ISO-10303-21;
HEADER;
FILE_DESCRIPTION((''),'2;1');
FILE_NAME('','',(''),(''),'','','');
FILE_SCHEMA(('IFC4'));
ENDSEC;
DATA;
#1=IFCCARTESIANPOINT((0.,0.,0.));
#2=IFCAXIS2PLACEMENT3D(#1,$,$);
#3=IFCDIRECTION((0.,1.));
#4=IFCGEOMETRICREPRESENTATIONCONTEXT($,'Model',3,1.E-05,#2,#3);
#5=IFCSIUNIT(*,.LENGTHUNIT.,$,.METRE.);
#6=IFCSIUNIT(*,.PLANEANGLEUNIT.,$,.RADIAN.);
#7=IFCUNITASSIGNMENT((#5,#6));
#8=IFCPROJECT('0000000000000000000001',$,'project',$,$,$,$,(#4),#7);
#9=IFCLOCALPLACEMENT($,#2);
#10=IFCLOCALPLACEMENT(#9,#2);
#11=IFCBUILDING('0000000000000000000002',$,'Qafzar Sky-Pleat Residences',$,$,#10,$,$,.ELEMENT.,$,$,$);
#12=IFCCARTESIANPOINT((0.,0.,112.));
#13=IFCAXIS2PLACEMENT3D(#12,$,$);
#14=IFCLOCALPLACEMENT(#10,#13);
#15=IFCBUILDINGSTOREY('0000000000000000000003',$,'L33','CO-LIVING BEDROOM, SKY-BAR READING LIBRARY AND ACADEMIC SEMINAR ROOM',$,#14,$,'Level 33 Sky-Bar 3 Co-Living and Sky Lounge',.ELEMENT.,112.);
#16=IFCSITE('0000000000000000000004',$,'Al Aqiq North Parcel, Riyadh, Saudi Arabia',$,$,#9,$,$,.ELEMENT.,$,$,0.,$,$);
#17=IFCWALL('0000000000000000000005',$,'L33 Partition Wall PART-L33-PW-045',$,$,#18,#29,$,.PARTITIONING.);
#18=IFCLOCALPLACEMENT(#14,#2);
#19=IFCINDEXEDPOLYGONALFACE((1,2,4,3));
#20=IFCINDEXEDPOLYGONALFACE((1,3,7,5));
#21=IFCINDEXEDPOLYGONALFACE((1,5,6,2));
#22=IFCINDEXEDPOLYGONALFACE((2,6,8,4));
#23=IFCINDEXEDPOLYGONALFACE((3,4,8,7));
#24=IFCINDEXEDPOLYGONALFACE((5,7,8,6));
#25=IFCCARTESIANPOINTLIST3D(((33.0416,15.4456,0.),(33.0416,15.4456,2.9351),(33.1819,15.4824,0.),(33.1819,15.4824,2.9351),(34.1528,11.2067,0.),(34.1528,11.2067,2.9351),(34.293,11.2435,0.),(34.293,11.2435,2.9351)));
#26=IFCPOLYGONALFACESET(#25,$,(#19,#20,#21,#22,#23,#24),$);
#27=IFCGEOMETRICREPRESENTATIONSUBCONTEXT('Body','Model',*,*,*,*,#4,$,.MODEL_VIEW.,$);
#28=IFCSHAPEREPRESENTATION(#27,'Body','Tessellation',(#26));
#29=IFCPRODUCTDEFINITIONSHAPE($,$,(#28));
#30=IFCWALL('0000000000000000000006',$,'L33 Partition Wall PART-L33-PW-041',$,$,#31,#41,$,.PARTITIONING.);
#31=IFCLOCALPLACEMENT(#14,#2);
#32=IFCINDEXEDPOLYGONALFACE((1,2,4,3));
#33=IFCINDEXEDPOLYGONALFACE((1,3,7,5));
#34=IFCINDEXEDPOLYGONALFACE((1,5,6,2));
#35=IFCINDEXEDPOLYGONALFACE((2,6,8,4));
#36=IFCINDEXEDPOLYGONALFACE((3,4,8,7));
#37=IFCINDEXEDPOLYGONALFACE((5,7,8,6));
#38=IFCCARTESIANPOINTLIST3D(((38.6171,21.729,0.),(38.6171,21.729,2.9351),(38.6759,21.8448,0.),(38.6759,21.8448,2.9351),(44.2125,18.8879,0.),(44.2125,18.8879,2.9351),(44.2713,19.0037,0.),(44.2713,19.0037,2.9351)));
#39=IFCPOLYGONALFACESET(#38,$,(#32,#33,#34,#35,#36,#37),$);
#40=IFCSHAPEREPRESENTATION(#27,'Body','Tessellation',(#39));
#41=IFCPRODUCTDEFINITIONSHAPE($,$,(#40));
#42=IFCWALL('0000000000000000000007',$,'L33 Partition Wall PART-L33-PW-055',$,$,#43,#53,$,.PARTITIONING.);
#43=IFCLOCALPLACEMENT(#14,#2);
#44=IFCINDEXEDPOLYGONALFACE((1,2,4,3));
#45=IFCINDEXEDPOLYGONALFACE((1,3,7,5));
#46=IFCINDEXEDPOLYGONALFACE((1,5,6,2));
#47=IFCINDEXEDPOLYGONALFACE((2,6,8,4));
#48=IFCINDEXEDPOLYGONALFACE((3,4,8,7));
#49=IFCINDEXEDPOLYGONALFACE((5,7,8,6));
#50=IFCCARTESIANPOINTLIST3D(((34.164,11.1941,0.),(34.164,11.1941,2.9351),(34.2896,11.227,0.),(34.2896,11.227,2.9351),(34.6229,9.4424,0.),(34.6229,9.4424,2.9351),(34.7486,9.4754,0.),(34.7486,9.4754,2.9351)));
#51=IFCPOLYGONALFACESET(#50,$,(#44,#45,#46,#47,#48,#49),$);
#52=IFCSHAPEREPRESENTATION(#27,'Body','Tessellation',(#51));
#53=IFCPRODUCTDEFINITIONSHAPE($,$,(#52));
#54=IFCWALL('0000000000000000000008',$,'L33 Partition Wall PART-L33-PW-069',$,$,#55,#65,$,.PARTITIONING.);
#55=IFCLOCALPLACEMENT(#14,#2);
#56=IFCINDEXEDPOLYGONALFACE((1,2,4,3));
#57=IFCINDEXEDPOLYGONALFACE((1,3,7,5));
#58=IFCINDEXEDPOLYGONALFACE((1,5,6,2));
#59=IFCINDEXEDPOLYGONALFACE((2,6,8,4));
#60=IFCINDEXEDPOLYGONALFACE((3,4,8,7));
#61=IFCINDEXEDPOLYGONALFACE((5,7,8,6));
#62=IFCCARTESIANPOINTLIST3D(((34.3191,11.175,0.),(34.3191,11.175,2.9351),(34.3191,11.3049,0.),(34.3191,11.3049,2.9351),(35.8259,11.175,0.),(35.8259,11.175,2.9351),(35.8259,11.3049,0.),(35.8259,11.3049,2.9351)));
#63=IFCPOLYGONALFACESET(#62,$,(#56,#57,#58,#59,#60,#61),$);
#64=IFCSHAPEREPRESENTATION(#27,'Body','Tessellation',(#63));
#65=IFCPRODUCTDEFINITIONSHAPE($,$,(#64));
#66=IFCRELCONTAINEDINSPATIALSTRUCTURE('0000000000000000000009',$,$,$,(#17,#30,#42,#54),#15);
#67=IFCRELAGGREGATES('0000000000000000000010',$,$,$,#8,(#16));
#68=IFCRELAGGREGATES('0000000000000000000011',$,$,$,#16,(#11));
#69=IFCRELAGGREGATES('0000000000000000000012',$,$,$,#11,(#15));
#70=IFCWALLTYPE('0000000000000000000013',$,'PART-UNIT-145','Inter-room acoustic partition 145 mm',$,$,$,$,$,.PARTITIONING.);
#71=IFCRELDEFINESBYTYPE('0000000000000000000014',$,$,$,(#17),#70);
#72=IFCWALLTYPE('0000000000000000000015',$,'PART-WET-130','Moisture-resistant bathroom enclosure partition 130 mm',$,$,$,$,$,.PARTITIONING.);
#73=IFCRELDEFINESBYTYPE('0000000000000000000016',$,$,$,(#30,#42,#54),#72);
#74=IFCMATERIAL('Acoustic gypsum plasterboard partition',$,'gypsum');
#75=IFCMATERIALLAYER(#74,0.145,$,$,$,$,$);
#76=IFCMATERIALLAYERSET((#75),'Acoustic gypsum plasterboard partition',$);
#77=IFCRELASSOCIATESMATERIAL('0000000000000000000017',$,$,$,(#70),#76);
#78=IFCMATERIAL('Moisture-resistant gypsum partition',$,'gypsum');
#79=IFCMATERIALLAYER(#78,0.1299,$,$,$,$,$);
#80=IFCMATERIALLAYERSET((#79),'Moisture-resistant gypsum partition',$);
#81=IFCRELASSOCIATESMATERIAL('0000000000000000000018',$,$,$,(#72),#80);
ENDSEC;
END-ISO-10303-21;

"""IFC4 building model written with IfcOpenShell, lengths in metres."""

from ifc_helpers import new_model, si_unit, direction, frame, frame_2d, origin, place, context, subcontext, project, spatial, rectangle, extrude, material, layer, layer_set, type_object, element, save


model = new_model("IFC4")

# Units and contexts
model_context = context("Model", 3, precision=1e-05, world=origin(), true_north=direction((0.0, 1.0)))
body_context = subcontext(model_context, "Body", "Model", "MODEL_VIEW")
ifc_project = project(units=[si_unit("LENGTHUNIT", "METRE"), si_unit("PLANEANGLEUNIT", "RADIAN")], contexts=[model_context])

# Site, building, storey
site_placement = place(None, origin())
site = spatial("IfcSite", under=ifc_project, at=site_placement, Name="Al Aqiq North Parcel, Riyadh, Saudi Arabia", CompositionType="ELEMENT", RefElevation=0.0)
building_placement = place(site_placement, origin())
building = spatial("IfcBuilding", under=site, at=building_placement, Name="Qafzar Sky-Pleat Residences", CompositionType="ELEMENT")
storey_placement = place(building_placement, frame((0.0, 0.0, 112.0)))
storey = spatial("IfcBuildingStorey", under=building, at=storey_placement, Name="L33", Description="CO-LIVING BEDROOM, SKY-BAR READING LIBRARY AND ACADEMIC SEMINAR ROOM", LongName="Level 33 Sky-Bar 3 Co-Living and Sky Lounge", CompositionType="ELEMENT", Elevation=112.0)

# Shared definitions
ifc_material_1 = material(Name="Acoustic gypsum plasterboard partition", Category="gypsum")

# Walls
ifc_layer_1 = layer(ifc_material_1, 0.145)
ifc_layer_set_1 = layer_set([ifc_layer_1], Name="Acoustic gypsum plasterboard partition")
wall_type_1 = type_object("IfcWallType", Name="PART-UNIT-145", Description="Inter-room acoustic partition 145 mm", PredefinedType="PARTITIONING", material=ifc_layer_set_1)
wall_1_placement = place(storey_placement, frame((33.1118, 15.4639, 0.0), z_axis=(0.0, 0.0, 1.0), x_axis=(0.253558, -0.96732, 0.0)))
element("IfcWall", 1, at=wall_1_placement, inside=storey, type_object=wall_type_1, Name="L33 Partition Wall PART-L33-PW-045", PredefinedType="PARTITIONING", context=body_context, shape_type="SweptSolid", body=[
    extrude(rectangle(XDim=4.3821, YDim=0.145, at=frame_2d((2.1909, 0.0))), origin(), (0.0, 0.0, 1.0), 2.9351),
])
ifc_material_2 = material(Name="Moisture-resistant gypsum partition", Category="gypsum")
ifc_layer_2 = layer(ifc_material_2, 0.1299)
ifc_layer_set_2 = layer_set([ifc_layer_2], Name="Moisture-resistant gypsum partition")
wall_type_2 = type_object("IfcWallType", Name="PART-WET-130", Description="Moisture-resistant bathroom enclosure partition 130 mm", PredefinedType="PARTITIONING", material=ifc_layer_set_2)
wall_2_placement = place(storey_placement, frame((38.6465, 21.7869, 0.0), z_axis=(0.0, 0.0, 1.0), x_axis=(0.891648, -0.452729, 0.0)))
element("IfcWall", 2, at=wall_2_placement, inside=storey, type_object=wall_type_2, Name="L33 Partition Wall PART-L33-PW-041", PredefinedType="PARTITIONING", context=body_context, shape_type="SweptSolid", body=[
    extrude(rectangle(XDim=6.2754, YDim=0.1299, at=frame_2d((3.1377, 0.0))), origin(), (0.0, 0.0, 1.0), 2.9351),
])
wall_3_placement = place(storey_placement, frame((34.2268, 11.2104, 0.0), z_axis=(0.0, 0.0, 1.0), x_axis=(0.253465, -0.967345, 0.0)))
element("IfcWall", 3, at=wall_3_placement, inside=storey, type_object=wall_type_2, Name="L33 Partition Wall PART-L33-PW-055", PredefinedType="PARTITIONING", context=body_context, shape_type="SweptSolid", body=[
    extrude(rectangle(XDim=1.8108, YDim=0.1299, at=frame_2d((0.9053, 0.0))), origin(), (0.0, 0.0, 1.0), 2.9351),
])
wall_4_placement = place(storey_placement, frame((34.3191, 11.24, 0.0), z_axis=(0.0, 0.0, 1.0), x_axis=(1.0, 0.0, 0.0)))
element("IfcWall", 4, at=wall_4_placement, inside=storey, type_object=wall_type_2, Name="L33 Partition Wall PART-L33-PW-069", PredefinedType="PARTITIONING", context=body_context, shape_type="SweptSolid", body=[
    extrude(rectangle(XDim=1.5068, YDim=0.1299, at=frame_2d((0.7534, 0.0))), origin(), (0.0, 0.0, 1.0), 2.9351),
])

save(model, "model.ifc")
